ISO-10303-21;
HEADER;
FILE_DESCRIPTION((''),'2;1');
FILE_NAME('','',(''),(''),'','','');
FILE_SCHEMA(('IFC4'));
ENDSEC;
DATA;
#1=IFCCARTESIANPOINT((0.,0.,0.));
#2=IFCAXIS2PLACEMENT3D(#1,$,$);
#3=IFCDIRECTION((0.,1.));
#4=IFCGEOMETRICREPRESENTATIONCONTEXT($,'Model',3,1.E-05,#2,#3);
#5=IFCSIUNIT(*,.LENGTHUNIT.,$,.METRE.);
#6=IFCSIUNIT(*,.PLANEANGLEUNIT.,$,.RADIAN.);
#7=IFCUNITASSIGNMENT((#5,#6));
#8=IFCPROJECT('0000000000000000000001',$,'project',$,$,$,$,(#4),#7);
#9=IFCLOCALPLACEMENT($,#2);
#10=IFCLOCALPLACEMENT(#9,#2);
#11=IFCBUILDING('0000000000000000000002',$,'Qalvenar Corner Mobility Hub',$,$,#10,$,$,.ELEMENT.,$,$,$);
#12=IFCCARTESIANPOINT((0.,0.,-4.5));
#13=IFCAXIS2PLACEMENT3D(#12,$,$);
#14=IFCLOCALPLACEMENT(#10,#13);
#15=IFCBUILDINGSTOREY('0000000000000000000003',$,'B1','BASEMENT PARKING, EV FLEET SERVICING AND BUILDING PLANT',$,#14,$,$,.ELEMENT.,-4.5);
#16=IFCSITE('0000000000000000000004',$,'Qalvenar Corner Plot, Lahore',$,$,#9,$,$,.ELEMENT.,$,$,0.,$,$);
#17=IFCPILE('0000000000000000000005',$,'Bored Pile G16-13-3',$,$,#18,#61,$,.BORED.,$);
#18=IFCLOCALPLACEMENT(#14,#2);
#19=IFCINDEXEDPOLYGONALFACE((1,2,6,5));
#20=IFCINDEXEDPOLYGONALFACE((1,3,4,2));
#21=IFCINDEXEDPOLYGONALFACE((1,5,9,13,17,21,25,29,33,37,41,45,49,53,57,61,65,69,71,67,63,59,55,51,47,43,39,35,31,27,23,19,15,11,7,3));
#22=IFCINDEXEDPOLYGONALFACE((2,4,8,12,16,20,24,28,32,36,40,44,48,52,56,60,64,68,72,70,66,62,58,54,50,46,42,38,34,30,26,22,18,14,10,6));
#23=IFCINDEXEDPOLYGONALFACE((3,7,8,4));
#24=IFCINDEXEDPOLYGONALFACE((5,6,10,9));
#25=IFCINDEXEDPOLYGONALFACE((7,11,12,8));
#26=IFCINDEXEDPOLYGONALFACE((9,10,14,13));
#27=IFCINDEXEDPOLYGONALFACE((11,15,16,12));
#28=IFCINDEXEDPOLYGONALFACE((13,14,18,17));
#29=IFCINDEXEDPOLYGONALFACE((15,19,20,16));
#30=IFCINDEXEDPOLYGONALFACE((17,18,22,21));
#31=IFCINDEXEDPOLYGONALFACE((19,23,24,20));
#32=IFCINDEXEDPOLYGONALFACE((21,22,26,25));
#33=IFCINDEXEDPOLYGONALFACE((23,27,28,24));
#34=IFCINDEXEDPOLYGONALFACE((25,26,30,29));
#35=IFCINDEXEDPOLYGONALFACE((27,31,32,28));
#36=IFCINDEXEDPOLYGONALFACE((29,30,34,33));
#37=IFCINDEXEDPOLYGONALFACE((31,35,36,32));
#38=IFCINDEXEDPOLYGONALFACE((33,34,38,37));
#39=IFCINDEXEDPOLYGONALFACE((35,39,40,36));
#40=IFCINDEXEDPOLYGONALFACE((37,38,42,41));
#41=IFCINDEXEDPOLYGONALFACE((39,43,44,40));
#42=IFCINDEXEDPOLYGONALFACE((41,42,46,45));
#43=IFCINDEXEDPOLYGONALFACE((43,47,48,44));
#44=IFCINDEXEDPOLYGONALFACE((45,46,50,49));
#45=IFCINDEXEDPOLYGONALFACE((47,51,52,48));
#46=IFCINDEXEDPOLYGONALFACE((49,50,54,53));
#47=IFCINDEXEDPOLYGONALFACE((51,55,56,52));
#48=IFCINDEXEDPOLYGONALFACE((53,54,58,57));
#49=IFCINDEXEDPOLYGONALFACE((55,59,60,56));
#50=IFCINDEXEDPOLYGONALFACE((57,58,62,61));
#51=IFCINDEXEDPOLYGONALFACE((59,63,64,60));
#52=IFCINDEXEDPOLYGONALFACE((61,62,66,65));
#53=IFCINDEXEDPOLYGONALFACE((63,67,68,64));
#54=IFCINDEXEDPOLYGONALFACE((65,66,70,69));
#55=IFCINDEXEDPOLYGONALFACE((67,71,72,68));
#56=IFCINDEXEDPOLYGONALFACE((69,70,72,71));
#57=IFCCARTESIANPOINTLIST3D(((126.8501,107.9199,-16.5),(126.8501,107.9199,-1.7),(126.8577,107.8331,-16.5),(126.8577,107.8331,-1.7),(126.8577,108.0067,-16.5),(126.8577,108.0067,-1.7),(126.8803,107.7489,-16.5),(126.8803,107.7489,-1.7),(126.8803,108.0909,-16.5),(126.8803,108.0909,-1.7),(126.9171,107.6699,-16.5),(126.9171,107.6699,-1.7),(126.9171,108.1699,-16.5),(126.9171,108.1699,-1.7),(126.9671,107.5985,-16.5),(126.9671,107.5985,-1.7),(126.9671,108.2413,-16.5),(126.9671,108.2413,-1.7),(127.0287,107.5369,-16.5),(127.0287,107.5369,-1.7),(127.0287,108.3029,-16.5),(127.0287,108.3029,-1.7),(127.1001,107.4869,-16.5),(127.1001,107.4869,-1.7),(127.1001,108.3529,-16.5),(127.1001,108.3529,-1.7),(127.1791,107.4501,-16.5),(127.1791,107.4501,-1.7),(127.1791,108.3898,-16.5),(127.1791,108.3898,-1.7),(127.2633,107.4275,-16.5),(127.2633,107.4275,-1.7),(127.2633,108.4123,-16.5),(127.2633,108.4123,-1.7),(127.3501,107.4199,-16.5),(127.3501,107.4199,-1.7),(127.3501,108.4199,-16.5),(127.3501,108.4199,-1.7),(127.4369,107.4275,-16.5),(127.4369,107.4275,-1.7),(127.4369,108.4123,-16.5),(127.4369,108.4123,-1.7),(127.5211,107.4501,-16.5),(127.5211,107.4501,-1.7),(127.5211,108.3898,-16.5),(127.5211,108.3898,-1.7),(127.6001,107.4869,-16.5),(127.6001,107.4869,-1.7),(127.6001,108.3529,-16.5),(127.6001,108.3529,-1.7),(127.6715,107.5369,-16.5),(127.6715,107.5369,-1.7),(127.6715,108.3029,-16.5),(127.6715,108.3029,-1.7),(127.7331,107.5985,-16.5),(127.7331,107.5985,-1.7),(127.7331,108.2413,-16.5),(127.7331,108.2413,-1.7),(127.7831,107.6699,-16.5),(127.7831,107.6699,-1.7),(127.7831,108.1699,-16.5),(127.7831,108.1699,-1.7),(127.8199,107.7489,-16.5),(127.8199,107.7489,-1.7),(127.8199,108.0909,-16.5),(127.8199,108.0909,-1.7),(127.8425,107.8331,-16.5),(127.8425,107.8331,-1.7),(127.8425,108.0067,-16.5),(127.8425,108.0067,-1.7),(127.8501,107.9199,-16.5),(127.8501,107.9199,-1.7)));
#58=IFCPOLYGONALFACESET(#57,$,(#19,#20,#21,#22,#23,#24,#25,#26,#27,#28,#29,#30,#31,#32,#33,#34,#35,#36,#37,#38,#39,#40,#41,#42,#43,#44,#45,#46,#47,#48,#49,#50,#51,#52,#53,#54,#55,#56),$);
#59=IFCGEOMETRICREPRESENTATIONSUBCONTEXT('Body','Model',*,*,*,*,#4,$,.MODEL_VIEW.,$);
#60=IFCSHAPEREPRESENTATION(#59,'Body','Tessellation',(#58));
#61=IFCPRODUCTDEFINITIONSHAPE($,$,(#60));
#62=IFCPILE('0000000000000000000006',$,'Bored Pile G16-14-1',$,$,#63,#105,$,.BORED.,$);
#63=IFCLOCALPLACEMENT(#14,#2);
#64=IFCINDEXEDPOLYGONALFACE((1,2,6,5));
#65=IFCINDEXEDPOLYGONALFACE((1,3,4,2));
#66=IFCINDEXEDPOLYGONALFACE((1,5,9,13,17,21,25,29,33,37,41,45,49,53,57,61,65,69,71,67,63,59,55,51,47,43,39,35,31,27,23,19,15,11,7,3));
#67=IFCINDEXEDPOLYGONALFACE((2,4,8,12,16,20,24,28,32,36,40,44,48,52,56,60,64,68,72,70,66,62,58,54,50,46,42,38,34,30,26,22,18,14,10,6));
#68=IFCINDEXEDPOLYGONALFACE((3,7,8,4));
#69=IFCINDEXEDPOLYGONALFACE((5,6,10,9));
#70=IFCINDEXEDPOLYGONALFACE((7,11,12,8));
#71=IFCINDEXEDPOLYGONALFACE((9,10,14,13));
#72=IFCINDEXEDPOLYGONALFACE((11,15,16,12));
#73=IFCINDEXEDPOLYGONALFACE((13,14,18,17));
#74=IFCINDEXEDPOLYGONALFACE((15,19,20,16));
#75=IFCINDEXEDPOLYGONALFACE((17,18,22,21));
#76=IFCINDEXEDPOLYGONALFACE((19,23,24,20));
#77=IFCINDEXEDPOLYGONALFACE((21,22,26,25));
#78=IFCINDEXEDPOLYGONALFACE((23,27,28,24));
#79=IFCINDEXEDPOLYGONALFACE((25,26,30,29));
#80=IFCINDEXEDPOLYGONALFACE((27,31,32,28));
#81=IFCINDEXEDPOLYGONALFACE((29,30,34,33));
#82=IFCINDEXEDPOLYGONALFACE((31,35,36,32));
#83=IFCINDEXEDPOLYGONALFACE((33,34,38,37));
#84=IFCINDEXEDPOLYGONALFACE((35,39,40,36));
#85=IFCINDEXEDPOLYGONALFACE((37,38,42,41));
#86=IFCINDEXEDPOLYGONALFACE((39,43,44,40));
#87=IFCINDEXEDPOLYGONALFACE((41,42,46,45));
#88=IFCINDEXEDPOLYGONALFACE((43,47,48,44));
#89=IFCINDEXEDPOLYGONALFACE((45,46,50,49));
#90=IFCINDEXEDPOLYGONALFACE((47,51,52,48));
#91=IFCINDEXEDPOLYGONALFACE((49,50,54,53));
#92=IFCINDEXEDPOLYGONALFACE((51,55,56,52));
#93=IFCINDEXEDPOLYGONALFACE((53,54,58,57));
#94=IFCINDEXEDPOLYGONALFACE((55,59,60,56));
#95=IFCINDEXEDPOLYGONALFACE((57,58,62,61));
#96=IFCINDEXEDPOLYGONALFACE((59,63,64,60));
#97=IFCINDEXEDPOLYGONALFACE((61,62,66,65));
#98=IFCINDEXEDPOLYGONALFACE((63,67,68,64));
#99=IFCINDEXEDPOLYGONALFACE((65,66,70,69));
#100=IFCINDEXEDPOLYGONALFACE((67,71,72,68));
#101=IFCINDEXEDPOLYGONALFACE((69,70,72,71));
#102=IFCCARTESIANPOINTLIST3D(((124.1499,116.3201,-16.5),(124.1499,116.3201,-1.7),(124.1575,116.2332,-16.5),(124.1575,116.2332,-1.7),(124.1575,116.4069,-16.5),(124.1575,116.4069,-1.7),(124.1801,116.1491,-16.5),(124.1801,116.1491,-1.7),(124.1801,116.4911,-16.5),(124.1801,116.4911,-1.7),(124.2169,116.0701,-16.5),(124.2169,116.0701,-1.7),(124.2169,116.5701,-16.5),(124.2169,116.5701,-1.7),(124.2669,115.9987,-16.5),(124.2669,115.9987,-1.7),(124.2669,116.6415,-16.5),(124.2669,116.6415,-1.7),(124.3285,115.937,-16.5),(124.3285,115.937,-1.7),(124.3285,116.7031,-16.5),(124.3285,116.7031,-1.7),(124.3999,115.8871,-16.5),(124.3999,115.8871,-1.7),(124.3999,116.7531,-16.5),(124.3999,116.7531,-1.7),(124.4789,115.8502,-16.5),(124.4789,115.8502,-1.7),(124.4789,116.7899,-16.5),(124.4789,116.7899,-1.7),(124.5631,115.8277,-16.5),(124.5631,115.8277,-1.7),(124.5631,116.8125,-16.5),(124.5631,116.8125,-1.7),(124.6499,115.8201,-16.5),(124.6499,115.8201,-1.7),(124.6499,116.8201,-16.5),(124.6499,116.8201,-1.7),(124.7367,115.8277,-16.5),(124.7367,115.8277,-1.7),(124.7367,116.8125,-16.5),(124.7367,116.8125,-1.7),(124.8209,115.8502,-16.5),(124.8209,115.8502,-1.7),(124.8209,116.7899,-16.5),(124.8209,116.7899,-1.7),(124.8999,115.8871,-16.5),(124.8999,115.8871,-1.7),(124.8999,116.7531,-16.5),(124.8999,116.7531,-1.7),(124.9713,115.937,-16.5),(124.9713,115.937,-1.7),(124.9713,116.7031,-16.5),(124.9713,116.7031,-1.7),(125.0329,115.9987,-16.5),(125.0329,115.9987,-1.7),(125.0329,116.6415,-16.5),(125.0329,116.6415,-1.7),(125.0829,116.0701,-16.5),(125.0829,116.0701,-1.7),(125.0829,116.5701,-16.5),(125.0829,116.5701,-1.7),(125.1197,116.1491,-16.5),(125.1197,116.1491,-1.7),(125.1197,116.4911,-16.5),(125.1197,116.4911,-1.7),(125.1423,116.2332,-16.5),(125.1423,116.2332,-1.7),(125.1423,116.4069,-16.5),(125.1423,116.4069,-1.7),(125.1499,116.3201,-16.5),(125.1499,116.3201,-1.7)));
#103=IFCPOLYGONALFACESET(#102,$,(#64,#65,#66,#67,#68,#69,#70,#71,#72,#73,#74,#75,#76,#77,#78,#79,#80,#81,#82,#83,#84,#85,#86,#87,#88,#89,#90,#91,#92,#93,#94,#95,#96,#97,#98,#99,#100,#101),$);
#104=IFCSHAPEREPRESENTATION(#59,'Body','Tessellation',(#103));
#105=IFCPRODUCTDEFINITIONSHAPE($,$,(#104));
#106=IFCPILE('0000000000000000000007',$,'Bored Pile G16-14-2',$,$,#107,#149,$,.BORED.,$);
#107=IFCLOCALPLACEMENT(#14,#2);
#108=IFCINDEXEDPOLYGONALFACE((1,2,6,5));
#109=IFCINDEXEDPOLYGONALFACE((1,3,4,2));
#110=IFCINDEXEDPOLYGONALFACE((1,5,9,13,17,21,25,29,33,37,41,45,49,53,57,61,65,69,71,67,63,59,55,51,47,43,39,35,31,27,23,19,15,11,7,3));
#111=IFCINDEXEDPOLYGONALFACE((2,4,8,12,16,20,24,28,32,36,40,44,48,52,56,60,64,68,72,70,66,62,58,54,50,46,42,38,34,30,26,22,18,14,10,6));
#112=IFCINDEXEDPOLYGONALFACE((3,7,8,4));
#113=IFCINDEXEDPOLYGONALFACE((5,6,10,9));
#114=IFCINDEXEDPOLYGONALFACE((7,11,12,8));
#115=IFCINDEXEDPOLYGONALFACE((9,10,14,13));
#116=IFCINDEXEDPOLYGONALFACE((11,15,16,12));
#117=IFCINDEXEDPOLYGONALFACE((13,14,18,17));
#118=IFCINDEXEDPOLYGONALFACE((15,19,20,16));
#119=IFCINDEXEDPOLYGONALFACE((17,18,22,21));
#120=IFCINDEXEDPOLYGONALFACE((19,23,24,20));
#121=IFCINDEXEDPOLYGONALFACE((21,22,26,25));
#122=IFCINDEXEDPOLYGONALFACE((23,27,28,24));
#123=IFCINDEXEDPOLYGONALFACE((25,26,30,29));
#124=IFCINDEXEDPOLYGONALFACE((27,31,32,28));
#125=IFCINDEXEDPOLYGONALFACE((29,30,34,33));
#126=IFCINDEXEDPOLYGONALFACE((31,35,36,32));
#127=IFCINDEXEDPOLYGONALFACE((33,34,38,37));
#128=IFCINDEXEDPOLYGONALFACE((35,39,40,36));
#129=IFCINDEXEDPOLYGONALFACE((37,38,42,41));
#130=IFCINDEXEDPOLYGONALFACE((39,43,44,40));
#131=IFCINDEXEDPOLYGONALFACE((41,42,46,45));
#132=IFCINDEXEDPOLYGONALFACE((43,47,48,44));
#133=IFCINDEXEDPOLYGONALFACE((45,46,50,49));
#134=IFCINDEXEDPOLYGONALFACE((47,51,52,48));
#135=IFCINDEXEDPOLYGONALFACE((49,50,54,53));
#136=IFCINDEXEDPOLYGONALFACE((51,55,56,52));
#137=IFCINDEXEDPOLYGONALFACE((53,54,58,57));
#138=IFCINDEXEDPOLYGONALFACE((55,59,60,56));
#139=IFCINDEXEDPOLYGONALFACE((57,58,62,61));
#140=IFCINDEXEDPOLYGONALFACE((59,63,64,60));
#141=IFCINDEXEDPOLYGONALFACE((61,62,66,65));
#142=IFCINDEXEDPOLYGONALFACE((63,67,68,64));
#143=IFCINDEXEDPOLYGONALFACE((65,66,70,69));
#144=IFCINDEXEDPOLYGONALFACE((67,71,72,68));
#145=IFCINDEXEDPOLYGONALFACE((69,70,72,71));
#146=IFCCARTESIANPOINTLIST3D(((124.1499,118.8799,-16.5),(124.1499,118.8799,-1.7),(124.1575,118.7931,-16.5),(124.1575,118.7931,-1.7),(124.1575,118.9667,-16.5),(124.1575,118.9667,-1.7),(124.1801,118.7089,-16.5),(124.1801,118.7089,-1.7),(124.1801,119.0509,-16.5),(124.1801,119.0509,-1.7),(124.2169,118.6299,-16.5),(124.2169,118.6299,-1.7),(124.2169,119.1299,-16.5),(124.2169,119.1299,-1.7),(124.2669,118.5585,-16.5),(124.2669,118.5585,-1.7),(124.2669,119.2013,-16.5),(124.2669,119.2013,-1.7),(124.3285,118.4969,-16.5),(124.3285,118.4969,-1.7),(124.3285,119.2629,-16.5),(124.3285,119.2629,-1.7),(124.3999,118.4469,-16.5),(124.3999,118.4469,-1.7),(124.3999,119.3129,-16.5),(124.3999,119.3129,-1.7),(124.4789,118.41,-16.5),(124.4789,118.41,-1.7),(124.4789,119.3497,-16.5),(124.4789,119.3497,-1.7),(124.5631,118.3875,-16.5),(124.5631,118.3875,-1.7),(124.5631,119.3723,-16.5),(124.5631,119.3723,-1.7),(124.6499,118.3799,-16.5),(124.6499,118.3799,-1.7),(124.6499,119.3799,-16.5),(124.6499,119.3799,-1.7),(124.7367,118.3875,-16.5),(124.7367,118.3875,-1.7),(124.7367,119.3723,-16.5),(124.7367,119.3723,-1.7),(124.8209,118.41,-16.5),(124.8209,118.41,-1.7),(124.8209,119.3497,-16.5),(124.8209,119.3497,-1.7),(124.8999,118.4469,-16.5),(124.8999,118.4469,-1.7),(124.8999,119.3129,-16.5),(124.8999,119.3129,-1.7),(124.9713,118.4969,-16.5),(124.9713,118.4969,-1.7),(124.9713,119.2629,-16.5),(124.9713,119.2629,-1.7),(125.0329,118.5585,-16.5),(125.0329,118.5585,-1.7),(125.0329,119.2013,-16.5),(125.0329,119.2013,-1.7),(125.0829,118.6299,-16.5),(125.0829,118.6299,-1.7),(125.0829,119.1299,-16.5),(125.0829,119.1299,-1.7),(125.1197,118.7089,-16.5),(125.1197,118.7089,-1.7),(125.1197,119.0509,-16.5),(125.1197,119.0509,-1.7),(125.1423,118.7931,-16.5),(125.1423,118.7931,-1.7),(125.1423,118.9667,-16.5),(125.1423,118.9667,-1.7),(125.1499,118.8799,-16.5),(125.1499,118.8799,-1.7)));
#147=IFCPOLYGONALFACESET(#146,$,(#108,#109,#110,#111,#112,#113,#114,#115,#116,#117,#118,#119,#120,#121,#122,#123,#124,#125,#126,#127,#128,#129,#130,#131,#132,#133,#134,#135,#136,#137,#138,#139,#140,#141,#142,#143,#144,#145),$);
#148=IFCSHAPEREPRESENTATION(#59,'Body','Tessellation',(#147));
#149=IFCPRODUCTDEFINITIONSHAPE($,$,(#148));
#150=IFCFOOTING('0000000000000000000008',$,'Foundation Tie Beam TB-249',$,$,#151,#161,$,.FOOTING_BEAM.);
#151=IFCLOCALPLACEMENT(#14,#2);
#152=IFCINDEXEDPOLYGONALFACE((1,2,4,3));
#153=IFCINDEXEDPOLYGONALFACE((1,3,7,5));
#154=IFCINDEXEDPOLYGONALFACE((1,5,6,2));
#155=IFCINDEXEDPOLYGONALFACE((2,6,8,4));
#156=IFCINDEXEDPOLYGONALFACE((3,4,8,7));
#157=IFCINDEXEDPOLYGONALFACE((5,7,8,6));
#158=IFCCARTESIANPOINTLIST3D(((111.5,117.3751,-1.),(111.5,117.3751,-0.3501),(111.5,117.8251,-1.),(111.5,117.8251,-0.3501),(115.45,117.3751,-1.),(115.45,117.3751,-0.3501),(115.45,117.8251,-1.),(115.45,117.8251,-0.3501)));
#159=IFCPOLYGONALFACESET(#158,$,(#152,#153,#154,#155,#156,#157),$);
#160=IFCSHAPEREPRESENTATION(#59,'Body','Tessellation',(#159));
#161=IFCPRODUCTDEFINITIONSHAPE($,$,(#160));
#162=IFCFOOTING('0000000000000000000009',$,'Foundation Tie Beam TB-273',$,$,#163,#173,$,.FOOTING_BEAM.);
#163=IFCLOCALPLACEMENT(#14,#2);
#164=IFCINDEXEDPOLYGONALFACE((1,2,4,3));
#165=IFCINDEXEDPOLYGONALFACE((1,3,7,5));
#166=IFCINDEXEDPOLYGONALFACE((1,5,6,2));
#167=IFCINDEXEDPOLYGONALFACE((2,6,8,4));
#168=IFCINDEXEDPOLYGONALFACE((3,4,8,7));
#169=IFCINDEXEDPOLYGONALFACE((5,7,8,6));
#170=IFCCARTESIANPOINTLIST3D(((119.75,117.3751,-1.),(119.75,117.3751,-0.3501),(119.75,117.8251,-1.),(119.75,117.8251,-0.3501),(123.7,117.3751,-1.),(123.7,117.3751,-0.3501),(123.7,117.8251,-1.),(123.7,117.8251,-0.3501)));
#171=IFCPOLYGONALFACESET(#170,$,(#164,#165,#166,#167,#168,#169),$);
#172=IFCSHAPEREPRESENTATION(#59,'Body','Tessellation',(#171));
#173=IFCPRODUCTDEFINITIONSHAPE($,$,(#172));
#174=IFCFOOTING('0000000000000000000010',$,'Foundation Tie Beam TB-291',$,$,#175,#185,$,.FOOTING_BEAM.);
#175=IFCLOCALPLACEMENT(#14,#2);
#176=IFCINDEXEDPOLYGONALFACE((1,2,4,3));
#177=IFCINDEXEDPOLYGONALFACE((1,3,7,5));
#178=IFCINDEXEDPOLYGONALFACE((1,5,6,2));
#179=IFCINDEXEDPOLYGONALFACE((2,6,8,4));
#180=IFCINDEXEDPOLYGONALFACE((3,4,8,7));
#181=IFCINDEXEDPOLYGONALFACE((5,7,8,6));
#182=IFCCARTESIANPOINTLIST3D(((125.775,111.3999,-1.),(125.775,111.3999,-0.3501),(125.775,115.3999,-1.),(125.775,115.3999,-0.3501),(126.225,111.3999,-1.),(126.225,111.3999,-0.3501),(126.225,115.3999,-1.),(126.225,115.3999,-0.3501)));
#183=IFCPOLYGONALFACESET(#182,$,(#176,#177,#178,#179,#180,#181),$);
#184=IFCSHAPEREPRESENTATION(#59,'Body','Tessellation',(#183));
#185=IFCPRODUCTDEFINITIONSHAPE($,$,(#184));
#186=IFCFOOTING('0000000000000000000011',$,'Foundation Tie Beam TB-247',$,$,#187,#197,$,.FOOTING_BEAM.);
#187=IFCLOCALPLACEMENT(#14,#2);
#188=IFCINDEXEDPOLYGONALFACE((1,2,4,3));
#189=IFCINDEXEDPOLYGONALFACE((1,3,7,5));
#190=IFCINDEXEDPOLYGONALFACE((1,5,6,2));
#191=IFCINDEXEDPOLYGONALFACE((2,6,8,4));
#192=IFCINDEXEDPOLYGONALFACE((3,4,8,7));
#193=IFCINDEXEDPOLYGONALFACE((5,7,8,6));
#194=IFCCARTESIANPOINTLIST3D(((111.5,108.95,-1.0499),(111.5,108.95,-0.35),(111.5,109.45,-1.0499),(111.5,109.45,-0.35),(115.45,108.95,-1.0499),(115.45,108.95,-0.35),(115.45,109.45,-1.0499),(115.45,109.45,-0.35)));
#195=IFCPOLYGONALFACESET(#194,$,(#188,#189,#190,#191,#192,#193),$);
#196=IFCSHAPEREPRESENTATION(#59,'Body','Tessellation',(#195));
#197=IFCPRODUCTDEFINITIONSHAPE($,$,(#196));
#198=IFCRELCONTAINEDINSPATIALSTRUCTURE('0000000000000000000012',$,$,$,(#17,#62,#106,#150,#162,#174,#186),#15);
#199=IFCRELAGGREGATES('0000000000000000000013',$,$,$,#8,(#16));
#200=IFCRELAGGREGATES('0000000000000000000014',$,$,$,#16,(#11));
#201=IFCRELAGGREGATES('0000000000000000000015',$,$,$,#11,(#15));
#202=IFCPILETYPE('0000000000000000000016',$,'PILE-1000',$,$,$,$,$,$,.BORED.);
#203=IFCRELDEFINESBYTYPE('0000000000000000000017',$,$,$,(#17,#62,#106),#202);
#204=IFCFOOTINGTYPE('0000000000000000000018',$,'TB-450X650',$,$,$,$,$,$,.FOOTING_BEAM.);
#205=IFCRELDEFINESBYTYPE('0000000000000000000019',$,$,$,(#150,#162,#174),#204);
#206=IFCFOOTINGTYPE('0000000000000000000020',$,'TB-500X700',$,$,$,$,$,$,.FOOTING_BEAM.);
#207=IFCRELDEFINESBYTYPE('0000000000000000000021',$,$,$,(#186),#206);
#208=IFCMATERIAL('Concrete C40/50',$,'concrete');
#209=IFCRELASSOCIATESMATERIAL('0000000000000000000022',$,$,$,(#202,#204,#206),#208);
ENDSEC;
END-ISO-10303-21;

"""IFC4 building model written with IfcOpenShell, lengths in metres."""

from ifc_helpers import new_model, si_unit, direction, frame, origin, origin_2d, place, context, subcontext, project, spatial, rectangle, circle, extrude, material, material_profile, profile_set, type_object, element, save


model = new_model("IFC4")

# Units and contexts
model_context = context("Model", 3, precision=1e-05, world=origin(), true_north=direction((0.0, 1.0)))
body_context = subcontext(model_context, "Body", "Model", "MODEL_VIEW")
ifc_project = project(units=[si_unit("LENGTHUNIT", "METRE"), si_unit("PLANEANGLEUNIT", "RADIAN")], contexts=[model_context])

# Site, building, storey
site_placement = place(None, origin())
site = spatial("IfcSite", under=ifc_project, at=site_placement, Name="Qalvenar Corner Plot, Lahore", CompositionType="ELEMENT", RefElevation=0.0)
building_placement = place(site_placement, origin())
building = spatial("IfcBuilding", under=site, at=building_placement, Name="Qalvenar Corner Mobility Hub", CompositionType="ELEMENT")
storey_placement = place(building_placement, frame((0.0, 0.0, -4.5)))
storey = spatial("IfcBuildingStorey", under=building, at=storey_placement, Name="B1", Description="BASEMENT PARKING, EV FLEET SERVICING AND BUILDING PLANT", CompositionType="ELEMENT", Elevation=-4.5)

# Shared definitions
ifc_material_1 = material(Name="Concrete C40/50", Category="concrete")

# Piles
ifc_material_profile_1 = material_profile(ifc_material_1, circle(Radius=0.5, at=origin_2d()), Name="DIA1000")
ifc_profile_set_1 = profile_set([ifc_material_profile_1], Name="Concrete C40/50")
pile_type = type_object("IfcPileType", Name="PILE-1000", PredefinedType="BORED", material=ifc_profile_set_1)
for number, where, z_axis, x_axis, name in (
    (1, (127.3501, 107.9199, -1.7), (0.0, 0.0, -1.0), (1.0, 0.0, 0.0), "Bored Pile G16-13-3"),
    (2, (124.6499, 116.3201, -1.7), (0.0, 0.0, -1.0), (1.0, 0.0, 0.0), "Bored Pile G16-14-1"),
    (3, (124.6499, 118.8799, -1.7), (0.0, 0.0, -1.0), (1.0, 0.0, 0.0), "Bored Pile G16-14-2"),
):
    element("IfcPile", number, at=place(storey_placement, frame(where, z_axis=z_axis, x_axis=x_axis)), inside=storey, type_object=pile_type, Name=name, PredefinedType="BORED", context=body_context, shape_type="SweptSolid", body=[
        extrude(circle(Radius=0.5, at=origin_2d()), origin(), (0.0, 0.0, 1.0), 14.8),
    ])

# Footings
ifc_material_profile_2 = material_profile(ifc_material_1, rectangle(XDim=0.45, YDim=0.6499, at=origin_2d()), Name="RC450x650")
ifc_profile_set_2 = profile_set([ifc_material_profile_2], Name="Concrete C40/50")
footing_type_1 = type_object("IfcFootingType", Name="TB-450X650", PredefinedType="FOOTING_BEAM", material=ifc_profile_set_2)
for number, where, z_axis, x_axis, name in (
    (4, (111.5, 117.6001, -0.675), (1.0, 0.0, 0.0), (0.0, 1.0, 0.0), "Foundation Tie Beam TB-249"),
    (5, (119.75, 117.6001, -0.675), (1.0, 0.0, 0.0), (0.0, 1.0, 0.0), "Foundation Tie Beam TB-273"),
):
    element("IfcFooting", number, at=place(storey_placement, frame(where, z_axis=z_axis, x_axis=x_axis)), inside=storey, type_object=footing_type_1, Name=name, PredefinedType="FOOTING_BEAM", context=body_context, shape_type="SweptSolid", body=[
        extrude(rectangle(XDim=0.45, YDim=0.6499, at=origin_2d()), origin(), (0.0, 0.0, 1.0), 3.95),
    ])
footing_1_placement = place(storey_placement, frame((126.0, 111.3999, -0.675), z_axis=(0.0, 1.0, 0.0), x_axis=(-1.0, 0.0, 0.0)))
element("IfcFooting", 6, at=footing_1_placement, inside=storey, type_object=footing_type_1, Name="Foundation Tie Beam TB-291", PredefinedType="FOOTING_BEAM", context=body_context, shape_type="SweptSolid", body=[
    extrude(rectangle(XDim=0.45, YDim=0.6499, at=origin_2d()), origin(), (0.0, 0.0, 1.0), 4.0),
])
ifc_material_profile_3 = material_profile(ifc_material_1, rectangle(XDim=0.5, YDim=0.7, at=origin_2d()), Name="RC500x700")
ifc_profile_set_3 = profile_set([ifc_material_profile_3], Name="Concrete C40/50")
footing_type_2 = type_object("IfcFootingType", Name="TB-500X700", PredefinedType="FOOTING_BEAM", material=ifc_profile_set_3)
footing_2_placement = place(storey_placement, frame((111.5, 109.2, -0.7), z_axis=(1.0, 0.0, 0.0), x_axis=(0.0, 1.0, 0.0)))
element("IfcFooting", 7, at=footing_2_placement, inside=storey, type_object=footing_type_2, Name="Foundation Tie Beam TB-247", PredefinedType="FOOTING_BEAM", context=body_context, shape_type="SweptSolid", body=[
    extrude(rectangle(XDim=0.5, YDim=0.7, at=origin_2d()), origin(), (0.0, 0.0, 1.0), 3.95),
])

save(model, "model.ifc")
